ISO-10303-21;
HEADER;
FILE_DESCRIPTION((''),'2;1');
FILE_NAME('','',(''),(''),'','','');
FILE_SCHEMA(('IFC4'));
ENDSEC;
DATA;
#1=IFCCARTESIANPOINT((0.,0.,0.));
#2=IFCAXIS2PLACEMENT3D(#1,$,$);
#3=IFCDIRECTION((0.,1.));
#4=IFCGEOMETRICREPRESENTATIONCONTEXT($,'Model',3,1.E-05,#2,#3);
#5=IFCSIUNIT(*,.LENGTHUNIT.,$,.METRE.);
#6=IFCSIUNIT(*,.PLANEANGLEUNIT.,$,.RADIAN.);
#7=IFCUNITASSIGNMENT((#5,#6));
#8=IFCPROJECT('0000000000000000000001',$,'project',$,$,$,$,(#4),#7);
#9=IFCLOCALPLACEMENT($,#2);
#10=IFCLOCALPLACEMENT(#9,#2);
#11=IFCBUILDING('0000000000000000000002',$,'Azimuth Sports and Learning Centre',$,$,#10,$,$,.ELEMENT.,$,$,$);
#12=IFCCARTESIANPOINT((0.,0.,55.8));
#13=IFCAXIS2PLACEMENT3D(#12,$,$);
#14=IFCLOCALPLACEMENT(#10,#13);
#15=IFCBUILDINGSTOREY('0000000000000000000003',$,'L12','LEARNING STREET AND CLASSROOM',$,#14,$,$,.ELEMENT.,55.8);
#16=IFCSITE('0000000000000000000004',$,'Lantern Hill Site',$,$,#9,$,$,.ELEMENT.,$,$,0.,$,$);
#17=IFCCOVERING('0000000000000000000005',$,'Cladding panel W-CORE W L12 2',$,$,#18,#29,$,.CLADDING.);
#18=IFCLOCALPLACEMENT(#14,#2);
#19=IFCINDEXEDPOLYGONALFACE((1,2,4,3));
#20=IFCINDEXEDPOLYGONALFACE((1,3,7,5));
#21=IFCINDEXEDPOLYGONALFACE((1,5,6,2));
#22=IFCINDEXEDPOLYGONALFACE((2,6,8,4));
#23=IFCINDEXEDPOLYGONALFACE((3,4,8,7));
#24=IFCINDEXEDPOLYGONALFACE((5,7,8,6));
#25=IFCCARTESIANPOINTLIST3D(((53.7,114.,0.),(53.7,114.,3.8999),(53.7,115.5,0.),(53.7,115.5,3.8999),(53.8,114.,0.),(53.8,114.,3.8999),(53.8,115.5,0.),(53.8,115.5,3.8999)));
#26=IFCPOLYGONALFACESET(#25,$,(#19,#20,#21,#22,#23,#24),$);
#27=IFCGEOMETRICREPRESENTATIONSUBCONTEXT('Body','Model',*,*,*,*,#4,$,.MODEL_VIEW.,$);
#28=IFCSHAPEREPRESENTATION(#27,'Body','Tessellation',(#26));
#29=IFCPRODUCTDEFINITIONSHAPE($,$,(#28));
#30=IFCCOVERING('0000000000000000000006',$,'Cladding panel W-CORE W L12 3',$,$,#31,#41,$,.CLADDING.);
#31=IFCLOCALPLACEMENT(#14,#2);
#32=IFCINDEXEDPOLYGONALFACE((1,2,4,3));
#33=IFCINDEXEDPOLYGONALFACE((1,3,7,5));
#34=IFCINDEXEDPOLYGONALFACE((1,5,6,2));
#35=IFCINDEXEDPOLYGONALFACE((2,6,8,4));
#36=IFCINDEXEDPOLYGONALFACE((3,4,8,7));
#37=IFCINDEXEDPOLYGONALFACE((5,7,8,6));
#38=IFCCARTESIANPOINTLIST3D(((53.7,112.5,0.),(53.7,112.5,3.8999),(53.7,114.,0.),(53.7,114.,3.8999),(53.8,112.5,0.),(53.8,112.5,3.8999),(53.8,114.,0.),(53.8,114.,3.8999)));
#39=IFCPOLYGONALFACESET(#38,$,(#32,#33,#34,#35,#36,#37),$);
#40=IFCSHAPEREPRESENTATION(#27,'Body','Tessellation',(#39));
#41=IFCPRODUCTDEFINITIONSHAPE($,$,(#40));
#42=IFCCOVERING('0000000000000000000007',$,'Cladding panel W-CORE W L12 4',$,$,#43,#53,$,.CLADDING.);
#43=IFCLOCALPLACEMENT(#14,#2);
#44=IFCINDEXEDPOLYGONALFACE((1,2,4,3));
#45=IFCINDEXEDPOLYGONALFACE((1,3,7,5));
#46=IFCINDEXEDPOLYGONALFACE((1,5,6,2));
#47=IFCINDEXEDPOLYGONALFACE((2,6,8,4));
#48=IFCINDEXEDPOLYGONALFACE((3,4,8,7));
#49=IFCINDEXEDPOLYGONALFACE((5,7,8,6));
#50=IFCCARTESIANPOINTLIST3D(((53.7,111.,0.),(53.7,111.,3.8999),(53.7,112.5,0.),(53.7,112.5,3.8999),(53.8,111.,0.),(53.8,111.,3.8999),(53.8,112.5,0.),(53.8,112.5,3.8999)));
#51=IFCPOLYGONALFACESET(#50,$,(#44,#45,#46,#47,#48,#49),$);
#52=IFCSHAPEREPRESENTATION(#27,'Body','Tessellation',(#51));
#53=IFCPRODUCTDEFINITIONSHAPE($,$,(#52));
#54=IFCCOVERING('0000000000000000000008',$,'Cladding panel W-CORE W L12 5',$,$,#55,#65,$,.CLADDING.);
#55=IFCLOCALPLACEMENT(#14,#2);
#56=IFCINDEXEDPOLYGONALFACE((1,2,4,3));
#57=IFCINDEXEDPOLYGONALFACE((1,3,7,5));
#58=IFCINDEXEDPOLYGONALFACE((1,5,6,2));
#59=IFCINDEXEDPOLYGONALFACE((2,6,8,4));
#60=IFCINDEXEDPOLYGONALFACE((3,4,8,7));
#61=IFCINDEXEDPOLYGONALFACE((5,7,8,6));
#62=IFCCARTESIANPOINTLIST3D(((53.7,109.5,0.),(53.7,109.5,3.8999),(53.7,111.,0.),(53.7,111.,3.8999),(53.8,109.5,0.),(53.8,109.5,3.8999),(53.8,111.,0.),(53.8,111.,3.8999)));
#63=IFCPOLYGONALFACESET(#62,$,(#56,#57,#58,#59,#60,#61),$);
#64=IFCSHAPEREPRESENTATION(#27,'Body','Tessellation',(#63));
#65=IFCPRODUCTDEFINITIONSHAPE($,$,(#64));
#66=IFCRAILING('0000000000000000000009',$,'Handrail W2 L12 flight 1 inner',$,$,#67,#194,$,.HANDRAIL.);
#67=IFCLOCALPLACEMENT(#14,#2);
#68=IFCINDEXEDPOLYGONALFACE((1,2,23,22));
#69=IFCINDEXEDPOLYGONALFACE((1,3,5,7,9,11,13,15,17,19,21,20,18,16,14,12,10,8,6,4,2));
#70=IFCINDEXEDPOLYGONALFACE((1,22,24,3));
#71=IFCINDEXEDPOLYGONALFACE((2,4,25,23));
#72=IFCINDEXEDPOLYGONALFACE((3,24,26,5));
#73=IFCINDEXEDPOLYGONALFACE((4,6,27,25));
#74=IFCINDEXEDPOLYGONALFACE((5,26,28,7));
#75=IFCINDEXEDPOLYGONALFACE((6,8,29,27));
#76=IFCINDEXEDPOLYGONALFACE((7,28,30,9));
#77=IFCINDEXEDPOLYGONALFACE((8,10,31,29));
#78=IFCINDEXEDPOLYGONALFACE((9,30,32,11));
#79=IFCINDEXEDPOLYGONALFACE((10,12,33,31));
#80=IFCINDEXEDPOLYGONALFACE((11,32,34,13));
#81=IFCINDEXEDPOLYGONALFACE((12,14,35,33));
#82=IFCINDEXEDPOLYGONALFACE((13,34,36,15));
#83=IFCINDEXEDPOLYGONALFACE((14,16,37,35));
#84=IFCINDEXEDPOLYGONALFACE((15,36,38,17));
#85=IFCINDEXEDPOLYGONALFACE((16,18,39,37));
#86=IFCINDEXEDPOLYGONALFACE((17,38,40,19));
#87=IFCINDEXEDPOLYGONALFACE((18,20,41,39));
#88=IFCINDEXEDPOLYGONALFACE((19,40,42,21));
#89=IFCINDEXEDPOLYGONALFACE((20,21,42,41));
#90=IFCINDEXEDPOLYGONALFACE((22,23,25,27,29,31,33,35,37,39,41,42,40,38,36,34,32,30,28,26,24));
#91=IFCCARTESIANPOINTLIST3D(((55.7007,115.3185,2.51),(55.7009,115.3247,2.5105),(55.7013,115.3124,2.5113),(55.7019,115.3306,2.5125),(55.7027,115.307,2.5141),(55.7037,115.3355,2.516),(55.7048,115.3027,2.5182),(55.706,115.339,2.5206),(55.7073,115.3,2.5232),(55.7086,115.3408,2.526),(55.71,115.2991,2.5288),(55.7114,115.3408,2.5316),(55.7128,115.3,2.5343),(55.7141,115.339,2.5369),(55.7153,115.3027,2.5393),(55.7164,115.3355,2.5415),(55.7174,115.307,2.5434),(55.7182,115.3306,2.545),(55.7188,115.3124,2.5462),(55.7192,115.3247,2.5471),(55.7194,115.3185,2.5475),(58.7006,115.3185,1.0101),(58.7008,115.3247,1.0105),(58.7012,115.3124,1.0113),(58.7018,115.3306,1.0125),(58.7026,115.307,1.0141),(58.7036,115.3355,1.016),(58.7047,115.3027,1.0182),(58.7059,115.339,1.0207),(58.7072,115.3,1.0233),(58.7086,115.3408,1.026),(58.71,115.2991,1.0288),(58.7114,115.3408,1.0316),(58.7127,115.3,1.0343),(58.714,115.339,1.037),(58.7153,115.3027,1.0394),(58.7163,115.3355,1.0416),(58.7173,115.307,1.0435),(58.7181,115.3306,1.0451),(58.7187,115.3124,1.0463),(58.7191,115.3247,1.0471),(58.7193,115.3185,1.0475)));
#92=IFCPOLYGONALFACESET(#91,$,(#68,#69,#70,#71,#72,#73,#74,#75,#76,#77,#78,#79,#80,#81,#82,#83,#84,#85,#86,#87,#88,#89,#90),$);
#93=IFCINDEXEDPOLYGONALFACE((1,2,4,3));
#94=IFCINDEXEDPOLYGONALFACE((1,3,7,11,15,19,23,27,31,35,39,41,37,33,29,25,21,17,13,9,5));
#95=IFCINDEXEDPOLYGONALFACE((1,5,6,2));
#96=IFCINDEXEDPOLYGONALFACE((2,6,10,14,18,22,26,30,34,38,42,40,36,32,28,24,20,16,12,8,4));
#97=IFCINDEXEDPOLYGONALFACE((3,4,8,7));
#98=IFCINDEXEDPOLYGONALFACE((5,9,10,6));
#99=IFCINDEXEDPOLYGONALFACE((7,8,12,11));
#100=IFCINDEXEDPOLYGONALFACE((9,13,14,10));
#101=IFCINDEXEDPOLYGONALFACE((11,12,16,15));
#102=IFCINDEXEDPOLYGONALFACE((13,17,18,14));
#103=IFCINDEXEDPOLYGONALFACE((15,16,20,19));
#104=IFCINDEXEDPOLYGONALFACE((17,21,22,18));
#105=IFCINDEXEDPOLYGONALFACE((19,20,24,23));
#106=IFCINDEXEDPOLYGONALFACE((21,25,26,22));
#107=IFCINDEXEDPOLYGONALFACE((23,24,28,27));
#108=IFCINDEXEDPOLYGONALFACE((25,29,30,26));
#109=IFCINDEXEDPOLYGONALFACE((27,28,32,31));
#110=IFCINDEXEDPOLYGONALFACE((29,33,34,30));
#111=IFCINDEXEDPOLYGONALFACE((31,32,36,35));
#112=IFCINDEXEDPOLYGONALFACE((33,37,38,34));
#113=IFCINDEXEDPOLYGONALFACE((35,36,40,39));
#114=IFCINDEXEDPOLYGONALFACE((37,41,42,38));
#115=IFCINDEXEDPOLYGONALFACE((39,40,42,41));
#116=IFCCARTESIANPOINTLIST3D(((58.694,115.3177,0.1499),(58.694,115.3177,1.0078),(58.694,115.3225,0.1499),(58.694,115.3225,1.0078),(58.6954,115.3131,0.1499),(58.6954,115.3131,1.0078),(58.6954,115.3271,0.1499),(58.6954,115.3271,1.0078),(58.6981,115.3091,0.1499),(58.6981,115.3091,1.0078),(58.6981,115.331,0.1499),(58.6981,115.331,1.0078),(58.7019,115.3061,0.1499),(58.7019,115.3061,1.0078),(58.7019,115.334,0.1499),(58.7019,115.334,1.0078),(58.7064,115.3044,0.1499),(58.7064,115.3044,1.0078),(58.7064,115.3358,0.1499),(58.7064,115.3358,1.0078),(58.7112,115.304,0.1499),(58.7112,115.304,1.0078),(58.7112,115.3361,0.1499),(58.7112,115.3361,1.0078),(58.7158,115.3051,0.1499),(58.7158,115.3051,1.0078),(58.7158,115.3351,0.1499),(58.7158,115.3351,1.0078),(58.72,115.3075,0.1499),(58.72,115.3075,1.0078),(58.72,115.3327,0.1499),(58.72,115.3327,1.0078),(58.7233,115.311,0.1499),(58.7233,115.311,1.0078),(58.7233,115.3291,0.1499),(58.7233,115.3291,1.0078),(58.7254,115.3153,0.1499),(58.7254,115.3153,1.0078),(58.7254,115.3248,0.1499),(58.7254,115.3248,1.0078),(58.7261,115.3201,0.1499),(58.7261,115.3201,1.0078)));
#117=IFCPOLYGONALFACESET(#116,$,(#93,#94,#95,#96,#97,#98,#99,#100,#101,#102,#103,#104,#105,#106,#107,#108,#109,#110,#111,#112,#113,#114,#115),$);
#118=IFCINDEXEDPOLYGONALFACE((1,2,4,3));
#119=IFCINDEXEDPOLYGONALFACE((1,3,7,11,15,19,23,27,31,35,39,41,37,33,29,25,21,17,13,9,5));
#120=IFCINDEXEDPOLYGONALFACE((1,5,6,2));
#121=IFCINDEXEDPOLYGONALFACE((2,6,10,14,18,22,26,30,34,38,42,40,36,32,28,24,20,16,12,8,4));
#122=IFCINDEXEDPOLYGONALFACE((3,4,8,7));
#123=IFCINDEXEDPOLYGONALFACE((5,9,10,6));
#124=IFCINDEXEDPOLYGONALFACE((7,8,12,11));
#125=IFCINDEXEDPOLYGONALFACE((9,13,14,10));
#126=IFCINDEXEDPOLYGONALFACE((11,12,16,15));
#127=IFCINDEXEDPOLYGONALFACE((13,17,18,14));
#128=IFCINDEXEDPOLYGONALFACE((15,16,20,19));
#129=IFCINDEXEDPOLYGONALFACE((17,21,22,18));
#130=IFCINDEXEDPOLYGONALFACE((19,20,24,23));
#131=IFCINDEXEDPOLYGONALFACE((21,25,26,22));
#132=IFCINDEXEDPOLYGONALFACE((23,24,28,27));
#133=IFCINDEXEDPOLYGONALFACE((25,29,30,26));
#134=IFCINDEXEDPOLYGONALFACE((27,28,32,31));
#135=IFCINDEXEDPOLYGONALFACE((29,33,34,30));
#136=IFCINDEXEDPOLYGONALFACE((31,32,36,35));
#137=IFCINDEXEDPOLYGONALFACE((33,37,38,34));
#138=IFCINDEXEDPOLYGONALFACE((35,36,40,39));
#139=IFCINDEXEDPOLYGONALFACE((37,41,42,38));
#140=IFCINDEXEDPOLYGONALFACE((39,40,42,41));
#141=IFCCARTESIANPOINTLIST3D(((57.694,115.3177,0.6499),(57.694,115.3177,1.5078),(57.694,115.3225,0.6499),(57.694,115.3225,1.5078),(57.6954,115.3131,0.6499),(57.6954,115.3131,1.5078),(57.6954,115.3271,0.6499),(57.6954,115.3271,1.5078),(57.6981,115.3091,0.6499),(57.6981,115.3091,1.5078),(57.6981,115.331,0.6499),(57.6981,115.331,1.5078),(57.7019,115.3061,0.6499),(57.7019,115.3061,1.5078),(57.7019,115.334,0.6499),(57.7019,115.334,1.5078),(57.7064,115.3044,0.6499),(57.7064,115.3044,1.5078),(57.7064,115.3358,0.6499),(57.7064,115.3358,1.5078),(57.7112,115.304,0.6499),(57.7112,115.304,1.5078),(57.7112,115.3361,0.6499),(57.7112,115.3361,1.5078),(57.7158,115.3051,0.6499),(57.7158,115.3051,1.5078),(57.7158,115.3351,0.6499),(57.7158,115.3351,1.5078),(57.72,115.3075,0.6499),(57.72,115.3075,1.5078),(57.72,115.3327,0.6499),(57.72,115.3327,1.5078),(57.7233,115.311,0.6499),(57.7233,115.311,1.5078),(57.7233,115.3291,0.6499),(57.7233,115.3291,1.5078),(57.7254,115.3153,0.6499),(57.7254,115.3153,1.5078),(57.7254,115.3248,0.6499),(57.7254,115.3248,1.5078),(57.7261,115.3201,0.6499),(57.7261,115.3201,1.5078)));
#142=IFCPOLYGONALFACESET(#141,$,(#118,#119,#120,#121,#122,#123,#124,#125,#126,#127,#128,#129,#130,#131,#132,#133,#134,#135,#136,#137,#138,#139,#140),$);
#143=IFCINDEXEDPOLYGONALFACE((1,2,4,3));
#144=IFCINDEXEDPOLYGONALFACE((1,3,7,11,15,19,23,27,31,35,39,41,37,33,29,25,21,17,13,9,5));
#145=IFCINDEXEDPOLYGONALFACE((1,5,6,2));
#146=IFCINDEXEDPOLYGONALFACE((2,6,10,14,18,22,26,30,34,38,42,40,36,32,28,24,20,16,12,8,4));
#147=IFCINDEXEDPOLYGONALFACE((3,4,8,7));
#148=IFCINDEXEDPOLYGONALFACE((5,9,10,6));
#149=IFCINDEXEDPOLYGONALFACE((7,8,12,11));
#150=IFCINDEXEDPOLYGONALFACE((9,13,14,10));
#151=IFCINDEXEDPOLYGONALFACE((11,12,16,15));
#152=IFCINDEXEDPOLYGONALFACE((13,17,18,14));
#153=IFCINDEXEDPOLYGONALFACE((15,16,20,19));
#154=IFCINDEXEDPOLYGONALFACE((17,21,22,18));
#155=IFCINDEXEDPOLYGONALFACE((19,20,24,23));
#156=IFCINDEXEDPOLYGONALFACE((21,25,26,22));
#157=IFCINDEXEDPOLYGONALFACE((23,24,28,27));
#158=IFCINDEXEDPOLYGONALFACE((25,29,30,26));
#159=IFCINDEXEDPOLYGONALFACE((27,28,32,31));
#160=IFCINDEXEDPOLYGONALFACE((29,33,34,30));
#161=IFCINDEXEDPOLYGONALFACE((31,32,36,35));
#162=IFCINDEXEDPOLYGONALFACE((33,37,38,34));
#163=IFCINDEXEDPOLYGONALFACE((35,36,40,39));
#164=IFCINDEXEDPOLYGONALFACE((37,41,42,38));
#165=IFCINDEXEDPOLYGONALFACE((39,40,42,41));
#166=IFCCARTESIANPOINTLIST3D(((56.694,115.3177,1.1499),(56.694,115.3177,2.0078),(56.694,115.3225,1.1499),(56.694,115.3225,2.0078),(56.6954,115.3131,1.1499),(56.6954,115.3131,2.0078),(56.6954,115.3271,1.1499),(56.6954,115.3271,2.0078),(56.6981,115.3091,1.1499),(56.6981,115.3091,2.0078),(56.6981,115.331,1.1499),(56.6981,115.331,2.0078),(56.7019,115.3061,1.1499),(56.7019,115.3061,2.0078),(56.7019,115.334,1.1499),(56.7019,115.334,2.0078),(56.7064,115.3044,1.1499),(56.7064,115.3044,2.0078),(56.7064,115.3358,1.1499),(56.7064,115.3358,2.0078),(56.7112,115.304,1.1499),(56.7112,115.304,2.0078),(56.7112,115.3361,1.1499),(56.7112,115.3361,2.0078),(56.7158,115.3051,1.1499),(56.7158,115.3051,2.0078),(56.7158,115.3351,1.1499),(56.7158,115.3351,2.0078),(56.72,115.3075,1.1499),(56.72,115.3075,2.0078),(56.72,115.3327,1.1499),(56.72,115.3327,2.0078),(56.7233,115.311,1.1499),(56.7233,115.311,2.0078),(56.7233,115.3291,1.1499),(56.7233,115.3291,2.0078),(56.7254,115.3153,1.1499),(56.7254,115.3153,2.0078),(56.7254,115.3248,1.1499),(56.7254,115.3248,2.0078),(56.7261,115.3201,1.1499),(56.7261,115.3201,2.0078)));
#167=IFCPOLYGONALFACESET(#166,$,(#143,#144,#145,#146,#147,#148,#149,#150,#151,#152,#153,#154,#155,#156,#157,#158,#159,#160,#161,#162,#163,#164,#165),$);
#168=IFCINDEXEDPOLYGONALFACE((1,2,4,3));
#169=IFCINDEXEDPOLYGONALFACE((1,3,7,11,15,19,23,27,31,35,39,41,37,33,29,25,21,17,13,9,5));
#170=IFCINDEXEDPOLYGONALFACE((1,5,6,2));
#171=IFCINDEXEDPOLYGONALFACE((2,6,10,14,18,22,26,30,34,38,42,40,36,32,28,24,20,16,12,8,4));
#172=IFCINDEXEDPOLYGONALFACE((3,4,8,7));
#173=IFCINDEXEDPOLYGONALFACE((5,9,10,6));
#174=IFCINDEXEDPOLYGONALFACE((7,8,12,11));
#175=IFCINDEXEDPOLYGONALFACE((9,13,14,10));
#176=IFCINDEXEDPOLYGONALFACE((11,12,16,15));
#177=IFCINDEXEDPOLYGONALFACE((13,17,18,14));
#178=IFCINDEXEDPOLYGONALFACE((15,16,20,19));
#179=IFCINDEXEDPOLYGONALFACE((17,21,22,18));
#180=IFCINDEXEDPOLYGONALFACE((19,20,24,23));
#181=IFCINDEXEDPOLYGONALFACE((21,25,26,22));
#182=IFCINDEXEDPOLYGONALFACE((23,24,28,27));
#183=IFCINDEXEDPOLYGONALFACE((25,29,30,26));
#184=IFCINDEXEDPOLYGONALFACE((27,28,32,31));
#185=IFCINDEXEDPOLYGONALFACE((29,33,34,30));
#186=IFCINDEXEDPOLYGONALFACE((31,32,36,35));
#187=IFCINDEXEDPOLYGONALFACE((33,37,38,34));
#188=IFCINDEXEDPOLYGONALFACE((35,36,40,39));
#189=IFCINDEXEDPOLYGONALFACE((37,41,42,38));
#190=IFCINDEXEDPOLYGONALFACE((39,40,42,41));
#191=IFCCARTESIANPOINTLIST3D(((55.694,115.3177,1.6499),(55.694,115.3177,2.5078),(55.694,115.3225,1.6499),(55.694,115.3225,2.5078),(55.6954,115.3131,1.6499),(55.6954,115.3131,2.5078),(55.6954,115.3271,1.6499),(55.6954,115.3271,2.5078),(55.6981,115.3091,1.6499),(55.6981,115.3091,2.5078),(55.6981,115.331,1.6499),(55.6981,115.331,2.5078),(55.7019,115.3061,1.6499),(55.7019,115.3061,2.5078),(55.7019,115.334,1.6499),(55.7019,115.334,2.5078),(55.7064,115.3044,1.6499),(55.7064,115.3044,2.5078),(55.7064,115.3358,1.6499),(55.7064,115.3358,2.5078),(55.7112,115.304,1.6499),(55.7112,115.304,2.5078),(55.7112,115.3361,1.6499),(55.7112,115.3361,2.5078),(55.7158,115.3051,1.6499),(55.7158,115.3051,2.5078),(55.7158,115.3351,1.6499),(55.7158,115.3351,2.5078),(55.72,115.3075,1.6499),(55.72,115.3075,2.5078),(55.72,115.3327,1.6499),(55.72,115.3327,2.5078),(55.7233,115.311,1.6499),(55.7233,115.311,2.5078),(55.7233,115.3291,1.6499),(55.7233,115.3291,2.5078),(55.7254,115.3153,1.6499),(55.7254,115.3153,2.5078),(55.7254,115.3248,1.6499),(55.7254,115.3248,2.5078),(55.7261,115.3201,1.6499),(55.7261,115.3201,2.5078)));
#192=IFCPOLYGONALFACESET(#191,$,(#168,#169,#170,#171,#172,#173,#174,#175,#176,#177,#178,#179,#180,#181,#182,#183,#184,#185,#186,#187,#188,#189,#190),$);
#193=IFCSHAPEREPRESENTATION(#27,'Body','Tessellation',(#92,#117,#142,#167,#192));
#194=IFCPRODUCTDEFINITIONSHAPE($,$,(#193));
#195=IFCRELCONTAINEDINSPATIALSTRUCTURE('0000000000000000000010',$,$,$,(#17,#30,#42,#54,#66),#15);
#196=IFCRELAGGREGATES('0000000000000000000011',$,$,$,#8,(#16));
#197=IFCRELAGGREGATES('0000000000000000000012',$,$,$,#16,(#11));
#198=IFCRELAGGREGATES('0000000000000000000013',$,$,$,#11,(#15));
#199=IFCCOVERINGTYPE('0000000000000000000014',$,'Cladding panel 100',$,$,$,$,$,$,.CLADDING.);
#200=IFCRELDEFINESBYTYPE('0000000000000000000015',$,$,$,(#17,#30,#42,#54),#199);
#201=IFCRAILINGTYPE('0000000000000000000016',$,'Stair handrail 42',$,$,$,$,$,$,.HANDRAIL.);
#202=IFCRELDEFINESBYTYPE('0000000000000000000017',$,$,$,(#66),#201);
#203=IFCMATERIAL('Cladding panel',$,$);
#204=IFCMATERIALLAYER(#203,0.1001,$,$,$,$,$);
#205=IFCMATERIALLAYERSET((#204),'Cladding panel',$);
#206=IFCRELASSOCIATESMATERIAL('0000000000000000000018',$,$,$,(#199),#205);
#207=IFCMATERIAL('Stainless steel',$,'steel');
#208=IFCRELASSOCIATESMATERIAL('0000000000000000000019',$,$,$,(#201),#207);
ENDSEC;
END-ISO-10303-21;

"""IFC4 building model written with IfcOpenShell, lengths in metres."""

from ifc_helpers import new_model, si_unit, direction, frame, origin, origin_2d, place, context, subcontext, project, spatial, rectangle, circle, extrude, material, layer, layer_set, type_object, element, save


model = new_model("IFC4")

# Units and contexts
model_context = context("Model", 3, precision=1e-05, world=origin(), true_north=direction((0.0, 1.0)))
body_context = subcontext(model_context, "Body", "Model", "MODEL_VIEW")
ifc_project = project(units=[si_unit("LENGTHUNIT", "METRE"), si_unit("PLANEANGLEUNIT", "RADIAN")], contexts=[model_context])

# Site, building, storey
site_placement = place(None, origin())
site = spatial("IfcSite", under=ifc_project, at=site_placement, Name="Lantern Hill Site", CompositionType="ELEMENT", RefElevation=0.0)
building_placement = place(site_placement, origin())
building = spatial("IfcBuilding", under=site, at=building_placement, Name="Azimuth Sports and Learning Centre", CompositionType="ELEMENT")
storey_placement = place(building_placement, frame((0.0, 0.0, 55.8)))
storey = spatial("IfcBuildingStorey", under=building, at=storey_placement, Name="L12", Description="LEARNING STREET AND CLASSROOM", CompositionType="ELEMENT", Elevation=55.8)

# Coverings
ifc_material_1 = material(Name="Cladding panel")
ifc_layer_1 = layer(ifc_material_1, 0.1001)
ifc_layer_set_1 = layer_set([ifc_layer_1], Name="Cladding panel")
covering_type = type_object("IfcCoveringType", Name="Cladding panel 100", PredefinedType="CLADDING", material=ifc_layer_set_1)
for number, where, z_axis, x_axis, name in (
    (1, (53.75, 114.75, 0.0), (0.0, 0.0, 1.0), (0.0, -1.0, 0.0), "Cladding panel W-CORE W L12 2"),
    (2, (53.75, 113.25, 0.0), (0.0, 0.0, 1.0), (0.0, -1.0, 0.0), "Cladding panel W-CORE W L12 3"),
    (3, (53.75, 111.75, 0.0), (0.0, 0.0, 1.0), (0.0, -1.0, 0.0), "Cladding panel W-CORE W L12 4"),
    (4, (53.75, 110.25, 0.0), (0.0, 0.0, 1.0), (0.0, -1.0, 0.0), "Cladding panel W-CORE W L12 5"),
):
    element("IfcCovering", number, at=place(storey_placement, frame(where, z_axis=z_axis, x_axis=x_axis)), inside=storey, type_object=covering_type, Name=name, PredefinedType="CLADDING", context=body_context, shape_type="SweptSolid", body=[
        extrude(rectangle(XDim=1.5, YDim=0.1001, at=origin_2d()), origin(), (0.0, 0.0, 1.0), 3.8999),
    ])

# Railing
ifc_material_2 = material(Name="Stainless steel", Category="steel")
railing_type_1 = type_object("IfcRailingType", Name="Stair handrail 42", PredefinedType="HANDRAIL", material=ifc_material_2)
for number, where, name in (
    (5, (58.71, 115.3201, 0.1499), "Handrail W2 L12 flight 1 inner"),
):
    element("IfcRailing", number, at=place(storey_placement, frame(where)), inside=storey, type_object=railing_type_1, Name=name, PredefinedType="HANDRAIL", context=body_context, shape_type="SweptSolid", body=[
        extrude(circle(Radius=0.021, at=origin_2d()), frame((0.0, 0.0, 0.8789), z_axis=(-0.894427, 0.0, 0.447214), x_axis=(0.0, -1.0, 0.0)), (0.0, 0.0, 1.0), 3.354),
        extrude(circle(Radius=0.0161, at=origin_2d()), origin(), (0.0, 0.0, 1.0), 0.8579),
        extrude(circle(Radius=0.0161, at=origin_2d()), frame((-1.0, 0.0, 0.5)), (0.0, 0.0, 1.0), 0.8579),
        extrude(circle(Radius=0.0161, at=origin_2d()), frame((-2.0, 0.0, 1.0)), (0.0, 0.0, 1.0), 0.8579),
        extrude(circle(Radius=0.0161, at=origin_2d()), frame((-3.0, 0.0, 1.5)), (0.0, 0.0, 1.0), 0.8579),
    ])

save(model, "model.ifc")
